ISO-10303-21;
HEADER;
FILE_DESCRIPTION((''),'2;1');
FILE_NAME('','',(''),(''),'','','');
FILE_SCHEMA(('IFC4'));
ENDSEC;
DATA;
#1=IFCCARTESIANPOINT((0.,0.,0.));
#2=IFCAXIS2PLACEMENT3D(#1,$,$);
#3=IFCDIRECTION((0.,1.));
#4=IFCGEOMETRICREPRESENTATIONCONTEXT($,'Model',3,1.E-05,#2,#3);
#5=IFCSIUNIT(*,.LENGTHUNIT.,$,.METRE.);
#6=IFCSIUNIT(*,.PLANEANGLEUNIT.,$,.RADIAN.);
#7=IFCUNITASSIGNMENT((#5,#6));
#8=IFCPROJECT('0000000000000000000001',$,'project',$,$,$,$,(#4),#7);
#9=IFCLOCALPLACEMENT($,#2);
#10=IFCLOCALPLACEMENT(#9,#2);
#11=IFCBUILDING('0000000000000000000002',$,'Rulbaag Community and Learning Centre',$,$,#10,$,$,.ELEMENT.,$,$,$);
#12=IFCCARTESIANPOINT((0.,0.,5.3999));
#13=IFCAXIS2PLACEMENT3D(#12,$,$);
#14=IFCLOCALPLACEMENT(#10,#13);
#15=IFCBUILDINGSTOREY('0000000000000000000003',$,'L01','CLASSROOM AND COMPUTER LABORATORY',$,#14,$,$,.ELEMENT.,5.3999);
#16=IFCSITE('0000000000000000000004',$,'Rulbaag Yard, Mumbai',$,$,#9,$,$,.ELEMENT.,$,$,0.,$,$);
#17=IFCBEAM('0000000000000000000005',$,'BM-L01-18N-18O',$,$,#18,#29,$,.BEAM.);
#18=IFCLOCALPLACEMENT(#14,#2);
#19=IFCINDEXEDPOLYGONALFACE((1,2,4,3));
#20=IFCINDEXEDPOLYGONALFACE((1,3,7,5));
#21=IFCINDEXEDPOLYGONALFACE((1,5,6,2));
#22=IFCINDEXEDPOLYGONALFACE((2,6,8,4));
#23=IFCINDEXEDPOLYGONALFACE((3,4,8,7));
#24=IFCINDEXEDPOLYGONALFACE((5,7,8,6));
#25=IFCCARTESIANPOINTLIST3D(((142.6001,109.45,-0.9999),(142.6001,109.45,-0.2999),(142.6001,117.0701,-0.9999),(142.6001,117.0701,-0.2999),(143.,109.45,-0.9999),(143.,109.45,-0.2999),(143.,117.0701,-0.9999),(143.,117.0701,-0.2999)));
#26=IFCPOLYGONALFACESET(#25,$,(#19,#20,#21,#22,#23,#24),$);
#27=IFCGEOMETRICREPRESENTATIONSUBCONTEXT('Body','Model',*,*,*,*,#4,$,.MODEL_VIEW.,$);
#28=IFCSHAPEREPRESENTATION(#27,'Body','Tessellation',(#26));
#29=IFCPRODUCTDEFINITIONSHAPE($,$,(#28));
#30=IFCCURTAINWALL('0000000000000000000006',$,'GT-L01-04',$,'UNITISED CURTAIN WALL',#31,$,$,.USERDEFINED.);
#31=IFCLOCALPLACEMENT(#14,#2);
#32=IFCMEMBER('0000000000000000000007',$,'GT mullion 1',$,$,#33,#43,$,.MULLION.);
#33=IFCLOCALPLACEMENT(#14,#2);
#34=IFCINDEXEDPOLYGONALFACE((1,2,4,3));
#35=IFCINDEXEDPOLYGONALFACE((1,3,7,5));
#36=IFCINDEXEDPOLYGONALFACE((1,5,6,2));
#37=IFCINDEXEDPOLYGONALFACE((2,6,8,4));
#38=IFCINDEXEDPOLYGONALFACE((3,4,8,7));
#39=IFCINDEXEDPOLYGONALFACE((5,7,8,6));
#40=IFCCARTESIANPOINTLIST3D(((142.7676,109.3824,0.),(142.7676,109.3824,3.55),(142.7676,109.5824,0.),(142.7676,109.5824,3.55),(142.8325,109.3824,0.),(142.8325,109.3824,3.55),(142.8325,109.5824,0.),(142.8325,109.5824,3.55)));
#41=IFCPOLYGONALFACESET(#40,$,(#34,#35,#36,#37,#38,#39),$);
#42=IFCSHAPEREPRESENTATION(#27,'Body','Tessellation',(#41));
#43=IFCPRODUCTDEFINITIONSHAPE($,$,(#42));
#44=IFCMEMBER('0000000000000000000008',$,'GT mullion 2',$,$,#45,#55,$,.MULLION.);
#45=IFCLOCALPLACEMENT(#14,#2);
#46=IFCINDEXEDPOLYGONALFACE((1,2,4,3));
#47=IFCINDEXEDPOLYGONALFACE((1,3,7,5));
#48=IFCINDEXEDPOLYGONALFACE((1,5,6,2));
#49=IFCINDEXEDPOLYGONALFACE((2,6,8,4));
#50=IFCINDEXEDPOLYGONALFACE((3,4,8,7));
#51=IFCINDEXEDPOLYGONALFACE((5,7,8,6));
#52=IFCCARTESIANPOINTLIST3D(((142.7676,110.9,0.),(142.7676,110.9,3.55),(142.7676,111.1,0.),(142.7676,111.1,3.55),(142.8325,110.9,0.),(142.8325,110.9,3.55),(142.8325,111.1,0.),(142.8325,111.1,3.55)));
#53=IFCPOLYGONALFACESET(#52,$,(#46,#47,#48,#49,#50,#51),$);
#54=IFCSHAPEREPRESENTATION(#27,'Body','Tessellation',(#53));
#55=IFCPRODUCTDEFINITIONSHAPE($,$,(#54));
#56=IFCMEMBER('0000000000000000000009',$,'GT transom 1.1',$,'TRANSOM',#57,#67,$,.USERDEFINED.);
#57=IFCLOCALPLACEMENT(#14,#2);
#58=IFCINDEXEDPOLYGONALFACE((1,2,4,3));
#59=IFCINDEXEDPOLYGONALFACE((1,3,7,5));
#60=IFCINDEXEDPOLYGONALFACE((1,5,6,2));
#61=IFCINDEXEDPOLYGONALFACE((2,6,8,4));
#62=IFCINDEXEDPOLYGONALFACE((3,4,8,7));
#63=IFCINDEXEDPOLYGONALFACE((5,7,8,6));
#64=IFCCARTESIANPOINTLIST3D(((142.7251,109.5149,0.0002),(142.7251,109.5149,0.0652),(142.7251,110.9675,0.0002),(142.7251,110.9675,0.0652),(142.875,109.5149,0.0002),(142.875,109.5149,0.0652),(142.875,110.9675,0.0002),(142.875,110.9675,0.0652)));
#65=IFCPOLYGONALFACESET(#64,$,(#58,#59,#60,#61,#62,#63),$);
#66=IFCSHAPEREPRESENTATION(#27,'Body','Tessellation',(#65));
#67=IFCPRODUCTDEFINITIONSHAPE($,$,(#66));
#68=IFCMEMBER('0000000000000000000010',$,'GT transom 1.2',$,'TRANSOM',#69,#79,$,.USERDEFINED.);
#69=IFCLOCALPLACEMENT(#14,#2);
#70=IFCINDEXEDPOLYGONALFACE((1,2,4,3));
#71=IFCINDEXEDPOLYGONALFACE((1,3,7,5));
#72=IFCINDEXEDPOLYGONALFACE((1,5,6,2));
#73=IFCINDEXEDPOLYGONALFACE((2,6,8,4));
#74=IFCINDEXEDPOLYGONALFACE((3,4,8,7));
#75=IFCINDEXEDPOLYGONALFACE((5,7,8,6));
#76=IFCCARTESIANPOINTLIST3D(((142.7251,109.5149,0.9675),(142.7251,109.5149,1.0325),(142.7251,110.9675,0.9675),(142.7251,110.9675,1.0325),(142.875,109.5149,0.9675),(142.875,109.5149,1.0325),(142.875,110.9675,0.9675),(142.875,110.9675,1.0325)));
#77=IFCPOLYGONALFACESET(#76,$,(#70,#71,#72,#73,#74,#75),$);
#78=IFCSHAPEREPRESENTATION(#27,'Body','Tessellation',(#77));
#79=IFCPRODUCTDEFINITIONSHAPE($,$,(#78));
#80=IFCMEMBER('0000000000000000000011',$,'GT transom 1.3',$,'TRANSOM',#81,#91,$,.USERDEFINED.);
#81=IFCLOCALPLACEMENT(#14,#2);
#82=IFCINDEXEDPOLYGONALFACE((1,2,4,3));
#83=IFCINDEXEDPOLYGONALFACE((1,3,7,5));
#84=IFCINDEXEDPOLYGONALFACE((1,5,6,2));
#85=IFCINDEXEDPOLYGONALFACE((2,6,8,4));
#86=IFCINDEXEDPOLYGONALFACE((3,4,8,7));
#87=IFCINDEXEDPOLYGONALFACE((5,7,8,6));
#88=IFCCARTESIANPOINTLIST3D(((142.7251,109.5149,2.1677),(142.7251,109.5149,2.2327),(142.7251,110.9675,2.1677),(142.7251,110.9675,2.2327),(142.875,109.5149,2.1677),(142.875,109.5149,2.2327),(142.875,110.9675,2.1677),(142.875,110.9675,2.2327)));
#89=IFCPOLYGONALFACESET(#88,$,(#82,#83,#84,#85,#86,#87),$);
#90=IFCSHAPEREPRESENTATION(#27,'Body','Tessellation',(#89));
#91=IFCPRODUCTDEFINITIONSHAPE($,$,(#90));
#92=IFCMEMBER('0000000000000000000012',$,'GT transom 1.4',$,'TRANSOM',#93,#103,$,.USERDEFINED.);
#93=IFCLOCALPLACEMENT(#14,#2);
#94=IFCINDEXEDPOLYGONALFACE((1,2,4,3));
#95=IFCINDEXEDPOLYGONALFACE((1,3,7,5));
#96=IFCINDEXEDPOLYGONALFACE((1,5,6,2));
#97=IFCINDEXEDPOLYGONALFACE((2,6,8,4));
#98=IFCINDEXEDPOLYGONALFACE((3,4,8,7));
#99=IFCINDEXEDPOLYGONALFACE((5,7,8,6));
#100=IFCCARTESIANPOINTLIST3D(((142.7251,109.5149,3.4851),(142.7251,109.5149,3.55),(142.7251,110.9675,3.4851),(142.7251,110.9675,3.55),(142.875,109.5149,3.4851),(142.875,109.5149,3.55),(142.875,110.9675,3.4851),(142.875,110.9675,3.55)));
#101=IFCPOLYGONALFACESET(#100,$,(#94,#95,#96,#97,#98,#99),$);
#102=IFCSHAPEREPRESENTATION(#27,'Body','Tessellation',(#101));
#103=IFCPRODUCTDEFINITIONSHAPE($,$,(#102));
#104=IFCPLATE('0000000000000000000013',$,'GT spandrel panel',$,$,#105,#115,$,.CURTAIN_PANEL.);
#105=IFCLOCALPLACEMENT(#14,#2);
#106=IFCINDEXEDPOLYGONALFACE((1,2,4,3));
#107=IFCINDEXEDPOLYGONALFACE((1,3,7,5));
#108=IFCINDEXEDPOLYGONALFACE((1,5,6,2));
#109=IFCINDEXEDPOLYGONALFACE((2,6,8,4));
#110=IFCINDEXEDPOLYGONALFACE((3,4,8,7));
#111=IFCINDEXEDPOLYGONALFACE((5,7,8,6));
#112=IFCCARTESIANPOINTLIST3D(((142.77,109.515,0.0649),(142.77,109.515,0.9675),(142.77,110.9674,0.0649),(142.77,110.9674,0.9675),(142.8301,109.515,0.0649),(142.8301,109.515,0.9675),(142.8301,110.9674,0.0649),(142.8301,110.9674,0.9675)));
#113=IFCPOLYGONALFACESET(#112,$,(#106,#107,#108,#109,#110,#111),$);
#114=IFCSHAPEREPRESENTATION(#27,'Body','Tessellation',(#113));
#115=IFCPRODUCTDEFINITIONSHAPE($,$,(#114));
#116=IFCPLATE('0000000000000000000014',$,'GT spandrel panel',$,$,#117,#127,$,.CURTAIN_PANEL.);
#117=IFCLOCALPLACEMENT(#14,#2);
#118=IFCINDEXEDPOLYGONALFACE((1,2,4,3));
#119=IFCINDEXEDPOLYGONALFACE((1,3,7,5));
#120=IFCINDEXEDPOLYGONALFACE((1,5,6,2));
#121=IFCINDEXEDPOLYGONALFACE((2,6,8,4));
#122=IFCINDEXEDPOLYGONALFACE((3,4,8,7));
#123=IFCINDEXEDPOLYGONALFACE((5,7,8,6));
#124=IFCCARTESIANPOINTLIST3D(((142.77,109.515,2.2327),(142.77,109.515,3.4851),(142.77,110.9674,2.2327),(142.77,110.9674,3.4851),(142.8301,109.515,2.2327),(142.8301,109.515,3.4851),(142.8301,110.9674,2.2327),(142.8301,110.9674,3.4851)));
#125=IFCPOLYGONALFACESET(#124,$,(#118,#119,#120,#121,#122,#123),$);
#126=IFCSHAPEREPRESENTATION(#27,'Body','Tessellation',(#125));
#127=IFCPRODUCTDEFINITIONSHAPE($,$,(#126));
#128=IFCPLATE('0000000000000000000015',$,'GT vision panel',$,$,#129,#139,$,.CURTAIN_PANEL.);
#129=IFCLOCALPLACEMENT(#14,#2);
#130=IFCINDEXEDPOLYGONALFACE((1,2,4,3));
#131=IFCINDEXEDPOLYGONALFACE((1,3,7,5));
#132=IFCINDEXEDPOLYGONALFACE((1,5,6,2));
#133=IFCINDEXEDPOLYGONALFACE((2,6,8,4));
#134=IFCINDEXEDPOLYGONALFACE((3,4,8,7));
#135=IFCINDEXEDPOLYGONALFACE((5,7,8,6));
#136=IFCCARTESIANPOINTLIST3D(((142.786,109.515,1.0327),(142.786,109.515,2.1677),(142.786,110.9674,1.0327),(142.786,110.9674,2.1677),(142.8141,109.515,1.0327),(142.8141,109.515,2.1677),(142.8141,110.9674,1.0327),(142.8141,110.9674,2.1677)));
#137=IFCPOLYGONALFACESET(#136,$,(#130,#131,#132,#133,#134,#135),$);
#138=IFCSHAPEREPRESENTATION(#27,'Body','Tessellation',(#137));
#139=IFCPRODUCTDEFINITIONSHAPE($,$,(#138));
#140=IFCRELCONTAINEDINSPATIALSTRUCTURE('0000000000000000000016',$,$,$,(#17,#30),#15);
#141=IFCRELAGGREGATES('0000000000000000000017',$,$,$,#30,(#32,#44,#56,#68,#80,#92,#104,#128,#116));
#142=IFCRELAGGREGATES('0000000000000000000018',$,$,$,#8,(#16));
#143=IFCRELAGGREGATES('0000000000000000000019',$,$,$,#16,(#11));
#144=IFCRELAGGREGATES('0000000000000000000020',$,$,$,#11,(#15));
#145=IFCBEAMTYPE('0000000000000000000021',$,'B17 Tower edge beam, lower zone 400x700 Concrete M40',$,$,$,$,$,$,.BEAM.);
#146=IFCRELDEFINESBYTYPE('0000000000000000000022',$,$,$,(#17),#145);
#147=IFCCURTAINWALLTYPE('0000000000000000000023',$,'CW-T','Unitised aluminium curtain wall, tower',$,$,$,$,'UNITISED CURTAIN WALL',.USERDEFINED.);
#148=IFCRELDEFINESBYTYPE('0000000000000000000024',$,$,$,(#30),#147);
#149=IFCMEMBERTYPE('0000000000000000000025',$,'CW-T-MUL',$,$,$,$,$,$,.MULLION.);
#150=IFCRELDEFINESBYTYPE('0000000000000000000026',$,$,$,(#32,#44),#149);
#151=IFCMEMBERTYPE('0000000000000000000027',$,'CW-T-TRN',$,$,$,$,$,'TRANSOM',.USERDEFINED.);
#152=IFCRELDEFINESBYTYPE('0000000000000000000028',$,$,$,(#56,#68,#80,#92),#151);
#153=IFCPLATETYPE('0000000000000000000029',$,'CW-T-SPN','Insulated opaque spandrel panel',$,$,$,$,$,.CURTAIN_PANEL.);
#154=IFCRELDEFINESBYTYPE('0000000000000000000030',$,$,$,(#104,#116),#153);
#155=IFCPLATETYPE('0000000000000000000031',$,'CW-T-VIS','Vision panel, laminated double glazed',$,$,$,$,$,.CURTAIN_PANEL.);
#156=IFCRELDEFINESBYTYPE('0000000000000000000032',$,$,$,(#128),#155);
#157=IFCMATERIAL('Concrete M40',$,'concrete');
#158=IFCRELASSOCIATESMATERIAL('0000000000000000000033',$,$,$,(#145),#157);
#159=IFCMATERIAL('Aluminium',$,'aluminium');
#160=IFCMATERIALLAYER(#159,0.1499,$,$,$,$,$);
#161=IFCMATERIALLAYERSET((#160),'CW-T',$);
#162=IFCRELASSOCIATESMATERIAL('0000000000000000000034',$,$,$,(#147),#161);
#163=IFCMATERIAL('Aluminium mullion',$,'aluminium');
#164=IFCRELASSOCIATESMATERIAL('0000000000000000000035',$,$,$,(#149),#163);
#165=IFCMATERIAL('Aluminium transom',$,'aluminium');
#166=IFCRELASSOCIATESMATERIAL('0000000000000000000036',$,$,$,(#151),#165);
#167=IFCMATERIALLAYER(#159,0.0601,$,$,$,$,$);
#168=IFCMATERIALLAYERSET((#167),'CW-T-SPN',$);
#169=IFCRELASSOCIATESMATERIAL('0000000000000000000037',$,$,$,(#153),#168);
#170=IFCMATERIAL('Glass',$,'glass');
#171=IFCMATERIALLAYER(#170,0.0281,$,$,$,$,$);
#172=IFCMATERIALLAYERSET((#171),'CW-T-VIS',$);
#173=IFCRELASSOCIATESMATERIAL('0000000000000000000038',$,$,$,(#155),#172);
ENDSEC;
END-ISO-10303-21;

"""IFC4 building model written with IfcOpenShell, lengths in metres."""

from ifc_helpers import new_model, si_unit, direction, frame, origin, origin_2d, place, context, subcontext, project, spatial, rectangle, extrude, material, layer, layer_set, material_profile, profile_set, type_object, element, aggregate, save


model = new_model("IFC4")

# Units and contexts
model_context = context("Model", 3, precision=1e-05, world=origin(), true_north=direction((0.0, 1.0)))
body_context = subcontext(model_context, "Body", "Model", "MODEL_VIEW")
ifc_project = project(units=[si_unit("LENGTHUNIT", "METRE"), si_unit("PLANEANGLEUNIT", "RADIAN")], contexts=[model_context])

# Site, building, storey
site_placement = place(None, origin())
site = spatial("IfcSite", under=ifc_project, at=site_placement, Name="Rulbaag Yard, Mumbai", CompositionType="ELEMENT", RefElevation=0.0)
building_placement = place(site_placement, origin())
building = spatial("IfcBuilding", under=site, at=building_placement, Name="Rulbaag Community and Learning Centre", CompositionType="ELEMENT")
storey_placement = place(building_placement, frame((0.0, 0.0, 5.3999)))
storey = spatial("IfcBuildingStorey", under=building, at=storey_placement, Name="L01", Description="CLASSROOM AND COMPUTER LABORATORY", CompositionType="ELEMENT", Elevation=5.3999)

# Beam
ifc_material_1 = material(Name="Concrete M40", Category="concrete")
ifc_material_profile_1 = material_profile(ifc_material_1, rectangle(XDim=0.3999, YDim=0.7, at=origin_2d()), Name="RB400x700")
ifc_profile_set_1 = profile_set([ifc_material_profile_1], Name="Concrete M40")
beam_type = type_object("IfcBeamType", Name="B17 Tower edge beam, lower zone 400x700 Concrete M40", PredefinedType="BEAM", material=ifc_profile_set_1)
beam_placement = place(storey_placement, frame((142.8, 109.45, -0.6499), z_axis=(0.0, 1.0, 0.0), x_axis=(-1.0, 0.0, 0.0)))
element("IfcBeam", 1, at=beam_placement, inside=storey, type_object=beam_type, Name="BM-L01-18N-18O", PredefinedType="BEAM", context=body_context, shape_type="SweptSolid", body=[
    extrude(rectangle(XDim=0.3999, YDim=0.7, at=origin_2d()), origin(), (0.0, 0.0, 1.0), 7.6201),
])

# Curtain wall, members, plates
ifc_material_2 = material(Name="Aluminium", Category="aluminium")
ifc_layer_1 = layer(ifc_material_2, 0.1499)
ifc_layer_set_1 = layer_set([ifc_layer_1], Name="CW-T")
curtain_wall_type = type_object("IfcCurtainWallType", Name="CW-T", Description="Unitised aluminium curtain wall, tower", ElementType="UNITISED CURTAIN WALL", PredefinedType="USERDEFINED", material=ifc_layer_set_1)
curtain_wall_placement = place(storey_placement, origin())
curtain_wall = element("IfcCurtainWall", 2, at=curtain_wall_placement, inside=storey, type_object=curtain_wall_type, Name="GT-L01-04", ObjectType="UNITISED CURTAIN WALL", PredefinedType="USERDEFINED")
ifc_material_3 = material(Name="Aluminium mullion", Category="aluminium")
ifc_material_profile_2 = material_profile(ifc_material_3, rectangle(XDim=0.0649, YDim=0.2, at=origin_2d()), Name="AL 65x200")
ifc_profile_set_2 = profile_set([ifc_material_profile_2], Name="Aluminium mullion")
member_type_1 = type_object("IfcMemberType", Name="CW-T-MUL", PredefinedType="MULLION", material=ifc_profile_set_2)
member_1_placement = place(storey_placement, frame((142.8, 109.4824, 0.0), z_axis=(0.0, 0.0, 1.0), x_axis=(-1.0, 0.0, 0.0)))
member_1 = element("IfcMember", 3, at=member_1_placement, type_object=member_type_1, Name="GT mullion 1", PredefinedType="MULLION", context=body_context, shape_type="SweptSolid", body=[
    extrude(rectangle(XDim=0.0649, YDim=0.2, at=origin_2d()), origin(), (0.0, 0.0, 1.0), 3.55),
])
member_2_placement = place(storey_placement, frame((142.8, 111.0, 0.0), z_axis=(0.0, 0.0, 1.0), x_axis=(-1.0, 0.0, 0.0)))
member_2 = element("IfcMember", 4, at=member_2_placement, type_object=member_type_1, Name="GT mullion 2", PredefinedType="MULLION", context=body_context, shape_type="SweptSolid", body=[
    extrude(rectangle(XDim=0.0649, YDim=0.2, at=origin_2d()), origin(), (0.0, 0.0, 1.0), 3.55),
])
ifc_material_4 = material(Name="Aluminium transom", Category="aluminium")
ifc_material_profile_3 = material_profile(ifc_material_4, rectangle(XDim=0.1499, YDim=0.0649, at=origin_2d()), Name="AL 65x150 T")
ifc_profile_set_3 = profile_set([ifc_material_profile_3], Name="Aluminium transom")
member_type_2 = type_object("IfcMemberType", Name="CW-T-TRN", ElementType="TRANSOM", PredefinedType="USERDEFINED", material=ifc_profile_set_3)
member_3_placement = place(storey_placement, frame((142.8, 109.5149, 0.0327), z_axis=(0.0, 1.0, 0.0), x_axis=(-1.0, 0.0, 0.0)))
member_3 = element("IfcMember", 5, at=member_3_placement, type_object=member_type_2, Name="GT transom 1.1", ObjectType="TRANSOM", PredefinedType="USERDEFINED", context=body_context, shape_type="SweptSolid", body=[
    extrude(rectangle(XDim=0.1499, YDim=0.0649, at=origin_2d()), origin(), (0.0, 0.0, 1.0), 1.4526),
])
member_4_placement = place(storey_placement, frame((142.8, 109.5149, 1.0), z_axis=(0.0, 1.0, 0.0), x_axis=(-1.0, 0.0, 0.0)))
member_4 = element("IfcMember", 6, at=member_4_placement, type_object=member_type_2, Name="GT transom 1.2", ObjectType="TRANSOM", PredefinedType="USERDEFINED", context=body_context, shape_type="SweptSolid", body=[
    extrude(rectangle(XDim=0.1499, YDim=0.0649, at=origin_2d()), origin(), (0.0, 0.0, 1.0), 1.4526),
])
member_5_placement = place(storey_placement, frame((142.8, 109.5149, 2.2002), z_axis=(0.0, 1.0, 0.0), x_axis=(-1.0, 0.0, 0.0)))
member_5 = element("IfcMember", 7, at=member_5_placement, type_object=member_type_2, Name="GT transom 1.3", ObjectType="TRANSOM", PredefinedType="USERDEFINED", context=body_context, shape_type="SweptSolid", body=[
    extrude(rectangle(XDim=0.1499, YDim=0.0649, at=origin_2d()), origin(), (0.0, 0.0, 1.0), 1.4526),
])
member_6_placement = place(storey_placement, frame((142.8, 109.5149, 3.5176), z_axis=(0.0, 1.0, 0.0), x_axis=(-1.0, 0.0, 0.0)))
member_6 = element("IfcMember", 8, at=member_6_placement, type_object=member_type_2, Name="GT transom 1.4", ObjectType="TRANSOM", PredefinedType="USERDEFINED", context=body_context, shape_type="SweptSolid", body=[
    extrude(rectangle(XDim=0.1499, YDim=0.0649, at=origin_2d()), origin(), (0.0, 0.0, 1.0), 1.4526),
])
ifc_layer_2 = layer(ifc_material_2, 0.0601)
ifc_layer_set_2 = layer_set([ifc_layer_2], Name="CW-T-SPN")
plate_type_1 = type_object("IfcPlateType", Name="CW-T-SPN", Description="Insulated opaque spandrel panel", PredefinedType="CURTAIN_PANEL", material=ifc_layer_set_2)
plate_1_placement = place(storey_placement, frame((142.8, 110.2412, 0.0649), z_axis=(0.0, 0.0, 1.0), x_axis=(0.0, 1.0, 0.0)))
plate_1 = element("IfcPlate", 9, at=plate_1_placement, type_object=plate_type_1, Name="GT spandrel panel", PredefinedType="CURTAIN_PANEL", context=body_context, shape_type="SweptSolid", body=[
    extrude(rectangle(XDim=1.4524, YDim=0.0601, at=origin_2d()), origin(), (0.0, 0.0, 1.0), 0.9026),
])
plate_2_placement = place(storey_placement, frame((142.8, 110.2412, 2.2327), z_axis=(0.0, 0.0, 1.0), x_axis=(0.0, 1.0, 0.0)))
plate_2 = element("IfcPlate", 10, at=plate_2_placement, type_object=plate_type_1, Name="GT spandrel panel", PredefinedType="CURTAIN_PANEL", context=body_context, shape_type="SweptSolid", body=[
    extrude(rectangle(XDim=1.4524, YDim=0.0601, at=origin_2d()), origin(), (0.0, 0.0, 1.0), 1.2524),
])
ifc_material_5 = material(Name="Glass", Category="glass")
ifc_layer_3 = layer(ifc_material_5, 0.0281)
ifc_layer_set_3 = layer_set([ifc_layer_3], Name="CW-T-VIS")
plate_type_2 = type_object("IfcPlateType", Name="CW-T-VIS", Description="Vision panel, laminated double glazed", PredefinedType="CURTAIN_PANEL", material=ifc_layer_set_3)
plate_3_placement = place(storey_placement, frame((142.8, 110.2412, 1.0327), z_axis=(0.0, 0.0, 1.0), x_axis=(0.0, 1.0, 0.0)))
plate_3 = element("IfcPlate", 11, at=plate_3_placement, type_object=plate_type_2, Name="GT vision panel", PredefinedType="CURTAIN_PANEL", context=body_context, shape_type="SweptSolid", body=[
    extrude(rectangle(XDim=1.4524, YDim=0.0281, at=origin_2d()), origin(), (0.0, 0.0, 1.0), 1.135),
])
aggregate(curtain_wall, [member_1, member_2, member_3, member_4, member_5, member_6, plate_1, plate_3, plate_2])

save(model, "model.ifc")
